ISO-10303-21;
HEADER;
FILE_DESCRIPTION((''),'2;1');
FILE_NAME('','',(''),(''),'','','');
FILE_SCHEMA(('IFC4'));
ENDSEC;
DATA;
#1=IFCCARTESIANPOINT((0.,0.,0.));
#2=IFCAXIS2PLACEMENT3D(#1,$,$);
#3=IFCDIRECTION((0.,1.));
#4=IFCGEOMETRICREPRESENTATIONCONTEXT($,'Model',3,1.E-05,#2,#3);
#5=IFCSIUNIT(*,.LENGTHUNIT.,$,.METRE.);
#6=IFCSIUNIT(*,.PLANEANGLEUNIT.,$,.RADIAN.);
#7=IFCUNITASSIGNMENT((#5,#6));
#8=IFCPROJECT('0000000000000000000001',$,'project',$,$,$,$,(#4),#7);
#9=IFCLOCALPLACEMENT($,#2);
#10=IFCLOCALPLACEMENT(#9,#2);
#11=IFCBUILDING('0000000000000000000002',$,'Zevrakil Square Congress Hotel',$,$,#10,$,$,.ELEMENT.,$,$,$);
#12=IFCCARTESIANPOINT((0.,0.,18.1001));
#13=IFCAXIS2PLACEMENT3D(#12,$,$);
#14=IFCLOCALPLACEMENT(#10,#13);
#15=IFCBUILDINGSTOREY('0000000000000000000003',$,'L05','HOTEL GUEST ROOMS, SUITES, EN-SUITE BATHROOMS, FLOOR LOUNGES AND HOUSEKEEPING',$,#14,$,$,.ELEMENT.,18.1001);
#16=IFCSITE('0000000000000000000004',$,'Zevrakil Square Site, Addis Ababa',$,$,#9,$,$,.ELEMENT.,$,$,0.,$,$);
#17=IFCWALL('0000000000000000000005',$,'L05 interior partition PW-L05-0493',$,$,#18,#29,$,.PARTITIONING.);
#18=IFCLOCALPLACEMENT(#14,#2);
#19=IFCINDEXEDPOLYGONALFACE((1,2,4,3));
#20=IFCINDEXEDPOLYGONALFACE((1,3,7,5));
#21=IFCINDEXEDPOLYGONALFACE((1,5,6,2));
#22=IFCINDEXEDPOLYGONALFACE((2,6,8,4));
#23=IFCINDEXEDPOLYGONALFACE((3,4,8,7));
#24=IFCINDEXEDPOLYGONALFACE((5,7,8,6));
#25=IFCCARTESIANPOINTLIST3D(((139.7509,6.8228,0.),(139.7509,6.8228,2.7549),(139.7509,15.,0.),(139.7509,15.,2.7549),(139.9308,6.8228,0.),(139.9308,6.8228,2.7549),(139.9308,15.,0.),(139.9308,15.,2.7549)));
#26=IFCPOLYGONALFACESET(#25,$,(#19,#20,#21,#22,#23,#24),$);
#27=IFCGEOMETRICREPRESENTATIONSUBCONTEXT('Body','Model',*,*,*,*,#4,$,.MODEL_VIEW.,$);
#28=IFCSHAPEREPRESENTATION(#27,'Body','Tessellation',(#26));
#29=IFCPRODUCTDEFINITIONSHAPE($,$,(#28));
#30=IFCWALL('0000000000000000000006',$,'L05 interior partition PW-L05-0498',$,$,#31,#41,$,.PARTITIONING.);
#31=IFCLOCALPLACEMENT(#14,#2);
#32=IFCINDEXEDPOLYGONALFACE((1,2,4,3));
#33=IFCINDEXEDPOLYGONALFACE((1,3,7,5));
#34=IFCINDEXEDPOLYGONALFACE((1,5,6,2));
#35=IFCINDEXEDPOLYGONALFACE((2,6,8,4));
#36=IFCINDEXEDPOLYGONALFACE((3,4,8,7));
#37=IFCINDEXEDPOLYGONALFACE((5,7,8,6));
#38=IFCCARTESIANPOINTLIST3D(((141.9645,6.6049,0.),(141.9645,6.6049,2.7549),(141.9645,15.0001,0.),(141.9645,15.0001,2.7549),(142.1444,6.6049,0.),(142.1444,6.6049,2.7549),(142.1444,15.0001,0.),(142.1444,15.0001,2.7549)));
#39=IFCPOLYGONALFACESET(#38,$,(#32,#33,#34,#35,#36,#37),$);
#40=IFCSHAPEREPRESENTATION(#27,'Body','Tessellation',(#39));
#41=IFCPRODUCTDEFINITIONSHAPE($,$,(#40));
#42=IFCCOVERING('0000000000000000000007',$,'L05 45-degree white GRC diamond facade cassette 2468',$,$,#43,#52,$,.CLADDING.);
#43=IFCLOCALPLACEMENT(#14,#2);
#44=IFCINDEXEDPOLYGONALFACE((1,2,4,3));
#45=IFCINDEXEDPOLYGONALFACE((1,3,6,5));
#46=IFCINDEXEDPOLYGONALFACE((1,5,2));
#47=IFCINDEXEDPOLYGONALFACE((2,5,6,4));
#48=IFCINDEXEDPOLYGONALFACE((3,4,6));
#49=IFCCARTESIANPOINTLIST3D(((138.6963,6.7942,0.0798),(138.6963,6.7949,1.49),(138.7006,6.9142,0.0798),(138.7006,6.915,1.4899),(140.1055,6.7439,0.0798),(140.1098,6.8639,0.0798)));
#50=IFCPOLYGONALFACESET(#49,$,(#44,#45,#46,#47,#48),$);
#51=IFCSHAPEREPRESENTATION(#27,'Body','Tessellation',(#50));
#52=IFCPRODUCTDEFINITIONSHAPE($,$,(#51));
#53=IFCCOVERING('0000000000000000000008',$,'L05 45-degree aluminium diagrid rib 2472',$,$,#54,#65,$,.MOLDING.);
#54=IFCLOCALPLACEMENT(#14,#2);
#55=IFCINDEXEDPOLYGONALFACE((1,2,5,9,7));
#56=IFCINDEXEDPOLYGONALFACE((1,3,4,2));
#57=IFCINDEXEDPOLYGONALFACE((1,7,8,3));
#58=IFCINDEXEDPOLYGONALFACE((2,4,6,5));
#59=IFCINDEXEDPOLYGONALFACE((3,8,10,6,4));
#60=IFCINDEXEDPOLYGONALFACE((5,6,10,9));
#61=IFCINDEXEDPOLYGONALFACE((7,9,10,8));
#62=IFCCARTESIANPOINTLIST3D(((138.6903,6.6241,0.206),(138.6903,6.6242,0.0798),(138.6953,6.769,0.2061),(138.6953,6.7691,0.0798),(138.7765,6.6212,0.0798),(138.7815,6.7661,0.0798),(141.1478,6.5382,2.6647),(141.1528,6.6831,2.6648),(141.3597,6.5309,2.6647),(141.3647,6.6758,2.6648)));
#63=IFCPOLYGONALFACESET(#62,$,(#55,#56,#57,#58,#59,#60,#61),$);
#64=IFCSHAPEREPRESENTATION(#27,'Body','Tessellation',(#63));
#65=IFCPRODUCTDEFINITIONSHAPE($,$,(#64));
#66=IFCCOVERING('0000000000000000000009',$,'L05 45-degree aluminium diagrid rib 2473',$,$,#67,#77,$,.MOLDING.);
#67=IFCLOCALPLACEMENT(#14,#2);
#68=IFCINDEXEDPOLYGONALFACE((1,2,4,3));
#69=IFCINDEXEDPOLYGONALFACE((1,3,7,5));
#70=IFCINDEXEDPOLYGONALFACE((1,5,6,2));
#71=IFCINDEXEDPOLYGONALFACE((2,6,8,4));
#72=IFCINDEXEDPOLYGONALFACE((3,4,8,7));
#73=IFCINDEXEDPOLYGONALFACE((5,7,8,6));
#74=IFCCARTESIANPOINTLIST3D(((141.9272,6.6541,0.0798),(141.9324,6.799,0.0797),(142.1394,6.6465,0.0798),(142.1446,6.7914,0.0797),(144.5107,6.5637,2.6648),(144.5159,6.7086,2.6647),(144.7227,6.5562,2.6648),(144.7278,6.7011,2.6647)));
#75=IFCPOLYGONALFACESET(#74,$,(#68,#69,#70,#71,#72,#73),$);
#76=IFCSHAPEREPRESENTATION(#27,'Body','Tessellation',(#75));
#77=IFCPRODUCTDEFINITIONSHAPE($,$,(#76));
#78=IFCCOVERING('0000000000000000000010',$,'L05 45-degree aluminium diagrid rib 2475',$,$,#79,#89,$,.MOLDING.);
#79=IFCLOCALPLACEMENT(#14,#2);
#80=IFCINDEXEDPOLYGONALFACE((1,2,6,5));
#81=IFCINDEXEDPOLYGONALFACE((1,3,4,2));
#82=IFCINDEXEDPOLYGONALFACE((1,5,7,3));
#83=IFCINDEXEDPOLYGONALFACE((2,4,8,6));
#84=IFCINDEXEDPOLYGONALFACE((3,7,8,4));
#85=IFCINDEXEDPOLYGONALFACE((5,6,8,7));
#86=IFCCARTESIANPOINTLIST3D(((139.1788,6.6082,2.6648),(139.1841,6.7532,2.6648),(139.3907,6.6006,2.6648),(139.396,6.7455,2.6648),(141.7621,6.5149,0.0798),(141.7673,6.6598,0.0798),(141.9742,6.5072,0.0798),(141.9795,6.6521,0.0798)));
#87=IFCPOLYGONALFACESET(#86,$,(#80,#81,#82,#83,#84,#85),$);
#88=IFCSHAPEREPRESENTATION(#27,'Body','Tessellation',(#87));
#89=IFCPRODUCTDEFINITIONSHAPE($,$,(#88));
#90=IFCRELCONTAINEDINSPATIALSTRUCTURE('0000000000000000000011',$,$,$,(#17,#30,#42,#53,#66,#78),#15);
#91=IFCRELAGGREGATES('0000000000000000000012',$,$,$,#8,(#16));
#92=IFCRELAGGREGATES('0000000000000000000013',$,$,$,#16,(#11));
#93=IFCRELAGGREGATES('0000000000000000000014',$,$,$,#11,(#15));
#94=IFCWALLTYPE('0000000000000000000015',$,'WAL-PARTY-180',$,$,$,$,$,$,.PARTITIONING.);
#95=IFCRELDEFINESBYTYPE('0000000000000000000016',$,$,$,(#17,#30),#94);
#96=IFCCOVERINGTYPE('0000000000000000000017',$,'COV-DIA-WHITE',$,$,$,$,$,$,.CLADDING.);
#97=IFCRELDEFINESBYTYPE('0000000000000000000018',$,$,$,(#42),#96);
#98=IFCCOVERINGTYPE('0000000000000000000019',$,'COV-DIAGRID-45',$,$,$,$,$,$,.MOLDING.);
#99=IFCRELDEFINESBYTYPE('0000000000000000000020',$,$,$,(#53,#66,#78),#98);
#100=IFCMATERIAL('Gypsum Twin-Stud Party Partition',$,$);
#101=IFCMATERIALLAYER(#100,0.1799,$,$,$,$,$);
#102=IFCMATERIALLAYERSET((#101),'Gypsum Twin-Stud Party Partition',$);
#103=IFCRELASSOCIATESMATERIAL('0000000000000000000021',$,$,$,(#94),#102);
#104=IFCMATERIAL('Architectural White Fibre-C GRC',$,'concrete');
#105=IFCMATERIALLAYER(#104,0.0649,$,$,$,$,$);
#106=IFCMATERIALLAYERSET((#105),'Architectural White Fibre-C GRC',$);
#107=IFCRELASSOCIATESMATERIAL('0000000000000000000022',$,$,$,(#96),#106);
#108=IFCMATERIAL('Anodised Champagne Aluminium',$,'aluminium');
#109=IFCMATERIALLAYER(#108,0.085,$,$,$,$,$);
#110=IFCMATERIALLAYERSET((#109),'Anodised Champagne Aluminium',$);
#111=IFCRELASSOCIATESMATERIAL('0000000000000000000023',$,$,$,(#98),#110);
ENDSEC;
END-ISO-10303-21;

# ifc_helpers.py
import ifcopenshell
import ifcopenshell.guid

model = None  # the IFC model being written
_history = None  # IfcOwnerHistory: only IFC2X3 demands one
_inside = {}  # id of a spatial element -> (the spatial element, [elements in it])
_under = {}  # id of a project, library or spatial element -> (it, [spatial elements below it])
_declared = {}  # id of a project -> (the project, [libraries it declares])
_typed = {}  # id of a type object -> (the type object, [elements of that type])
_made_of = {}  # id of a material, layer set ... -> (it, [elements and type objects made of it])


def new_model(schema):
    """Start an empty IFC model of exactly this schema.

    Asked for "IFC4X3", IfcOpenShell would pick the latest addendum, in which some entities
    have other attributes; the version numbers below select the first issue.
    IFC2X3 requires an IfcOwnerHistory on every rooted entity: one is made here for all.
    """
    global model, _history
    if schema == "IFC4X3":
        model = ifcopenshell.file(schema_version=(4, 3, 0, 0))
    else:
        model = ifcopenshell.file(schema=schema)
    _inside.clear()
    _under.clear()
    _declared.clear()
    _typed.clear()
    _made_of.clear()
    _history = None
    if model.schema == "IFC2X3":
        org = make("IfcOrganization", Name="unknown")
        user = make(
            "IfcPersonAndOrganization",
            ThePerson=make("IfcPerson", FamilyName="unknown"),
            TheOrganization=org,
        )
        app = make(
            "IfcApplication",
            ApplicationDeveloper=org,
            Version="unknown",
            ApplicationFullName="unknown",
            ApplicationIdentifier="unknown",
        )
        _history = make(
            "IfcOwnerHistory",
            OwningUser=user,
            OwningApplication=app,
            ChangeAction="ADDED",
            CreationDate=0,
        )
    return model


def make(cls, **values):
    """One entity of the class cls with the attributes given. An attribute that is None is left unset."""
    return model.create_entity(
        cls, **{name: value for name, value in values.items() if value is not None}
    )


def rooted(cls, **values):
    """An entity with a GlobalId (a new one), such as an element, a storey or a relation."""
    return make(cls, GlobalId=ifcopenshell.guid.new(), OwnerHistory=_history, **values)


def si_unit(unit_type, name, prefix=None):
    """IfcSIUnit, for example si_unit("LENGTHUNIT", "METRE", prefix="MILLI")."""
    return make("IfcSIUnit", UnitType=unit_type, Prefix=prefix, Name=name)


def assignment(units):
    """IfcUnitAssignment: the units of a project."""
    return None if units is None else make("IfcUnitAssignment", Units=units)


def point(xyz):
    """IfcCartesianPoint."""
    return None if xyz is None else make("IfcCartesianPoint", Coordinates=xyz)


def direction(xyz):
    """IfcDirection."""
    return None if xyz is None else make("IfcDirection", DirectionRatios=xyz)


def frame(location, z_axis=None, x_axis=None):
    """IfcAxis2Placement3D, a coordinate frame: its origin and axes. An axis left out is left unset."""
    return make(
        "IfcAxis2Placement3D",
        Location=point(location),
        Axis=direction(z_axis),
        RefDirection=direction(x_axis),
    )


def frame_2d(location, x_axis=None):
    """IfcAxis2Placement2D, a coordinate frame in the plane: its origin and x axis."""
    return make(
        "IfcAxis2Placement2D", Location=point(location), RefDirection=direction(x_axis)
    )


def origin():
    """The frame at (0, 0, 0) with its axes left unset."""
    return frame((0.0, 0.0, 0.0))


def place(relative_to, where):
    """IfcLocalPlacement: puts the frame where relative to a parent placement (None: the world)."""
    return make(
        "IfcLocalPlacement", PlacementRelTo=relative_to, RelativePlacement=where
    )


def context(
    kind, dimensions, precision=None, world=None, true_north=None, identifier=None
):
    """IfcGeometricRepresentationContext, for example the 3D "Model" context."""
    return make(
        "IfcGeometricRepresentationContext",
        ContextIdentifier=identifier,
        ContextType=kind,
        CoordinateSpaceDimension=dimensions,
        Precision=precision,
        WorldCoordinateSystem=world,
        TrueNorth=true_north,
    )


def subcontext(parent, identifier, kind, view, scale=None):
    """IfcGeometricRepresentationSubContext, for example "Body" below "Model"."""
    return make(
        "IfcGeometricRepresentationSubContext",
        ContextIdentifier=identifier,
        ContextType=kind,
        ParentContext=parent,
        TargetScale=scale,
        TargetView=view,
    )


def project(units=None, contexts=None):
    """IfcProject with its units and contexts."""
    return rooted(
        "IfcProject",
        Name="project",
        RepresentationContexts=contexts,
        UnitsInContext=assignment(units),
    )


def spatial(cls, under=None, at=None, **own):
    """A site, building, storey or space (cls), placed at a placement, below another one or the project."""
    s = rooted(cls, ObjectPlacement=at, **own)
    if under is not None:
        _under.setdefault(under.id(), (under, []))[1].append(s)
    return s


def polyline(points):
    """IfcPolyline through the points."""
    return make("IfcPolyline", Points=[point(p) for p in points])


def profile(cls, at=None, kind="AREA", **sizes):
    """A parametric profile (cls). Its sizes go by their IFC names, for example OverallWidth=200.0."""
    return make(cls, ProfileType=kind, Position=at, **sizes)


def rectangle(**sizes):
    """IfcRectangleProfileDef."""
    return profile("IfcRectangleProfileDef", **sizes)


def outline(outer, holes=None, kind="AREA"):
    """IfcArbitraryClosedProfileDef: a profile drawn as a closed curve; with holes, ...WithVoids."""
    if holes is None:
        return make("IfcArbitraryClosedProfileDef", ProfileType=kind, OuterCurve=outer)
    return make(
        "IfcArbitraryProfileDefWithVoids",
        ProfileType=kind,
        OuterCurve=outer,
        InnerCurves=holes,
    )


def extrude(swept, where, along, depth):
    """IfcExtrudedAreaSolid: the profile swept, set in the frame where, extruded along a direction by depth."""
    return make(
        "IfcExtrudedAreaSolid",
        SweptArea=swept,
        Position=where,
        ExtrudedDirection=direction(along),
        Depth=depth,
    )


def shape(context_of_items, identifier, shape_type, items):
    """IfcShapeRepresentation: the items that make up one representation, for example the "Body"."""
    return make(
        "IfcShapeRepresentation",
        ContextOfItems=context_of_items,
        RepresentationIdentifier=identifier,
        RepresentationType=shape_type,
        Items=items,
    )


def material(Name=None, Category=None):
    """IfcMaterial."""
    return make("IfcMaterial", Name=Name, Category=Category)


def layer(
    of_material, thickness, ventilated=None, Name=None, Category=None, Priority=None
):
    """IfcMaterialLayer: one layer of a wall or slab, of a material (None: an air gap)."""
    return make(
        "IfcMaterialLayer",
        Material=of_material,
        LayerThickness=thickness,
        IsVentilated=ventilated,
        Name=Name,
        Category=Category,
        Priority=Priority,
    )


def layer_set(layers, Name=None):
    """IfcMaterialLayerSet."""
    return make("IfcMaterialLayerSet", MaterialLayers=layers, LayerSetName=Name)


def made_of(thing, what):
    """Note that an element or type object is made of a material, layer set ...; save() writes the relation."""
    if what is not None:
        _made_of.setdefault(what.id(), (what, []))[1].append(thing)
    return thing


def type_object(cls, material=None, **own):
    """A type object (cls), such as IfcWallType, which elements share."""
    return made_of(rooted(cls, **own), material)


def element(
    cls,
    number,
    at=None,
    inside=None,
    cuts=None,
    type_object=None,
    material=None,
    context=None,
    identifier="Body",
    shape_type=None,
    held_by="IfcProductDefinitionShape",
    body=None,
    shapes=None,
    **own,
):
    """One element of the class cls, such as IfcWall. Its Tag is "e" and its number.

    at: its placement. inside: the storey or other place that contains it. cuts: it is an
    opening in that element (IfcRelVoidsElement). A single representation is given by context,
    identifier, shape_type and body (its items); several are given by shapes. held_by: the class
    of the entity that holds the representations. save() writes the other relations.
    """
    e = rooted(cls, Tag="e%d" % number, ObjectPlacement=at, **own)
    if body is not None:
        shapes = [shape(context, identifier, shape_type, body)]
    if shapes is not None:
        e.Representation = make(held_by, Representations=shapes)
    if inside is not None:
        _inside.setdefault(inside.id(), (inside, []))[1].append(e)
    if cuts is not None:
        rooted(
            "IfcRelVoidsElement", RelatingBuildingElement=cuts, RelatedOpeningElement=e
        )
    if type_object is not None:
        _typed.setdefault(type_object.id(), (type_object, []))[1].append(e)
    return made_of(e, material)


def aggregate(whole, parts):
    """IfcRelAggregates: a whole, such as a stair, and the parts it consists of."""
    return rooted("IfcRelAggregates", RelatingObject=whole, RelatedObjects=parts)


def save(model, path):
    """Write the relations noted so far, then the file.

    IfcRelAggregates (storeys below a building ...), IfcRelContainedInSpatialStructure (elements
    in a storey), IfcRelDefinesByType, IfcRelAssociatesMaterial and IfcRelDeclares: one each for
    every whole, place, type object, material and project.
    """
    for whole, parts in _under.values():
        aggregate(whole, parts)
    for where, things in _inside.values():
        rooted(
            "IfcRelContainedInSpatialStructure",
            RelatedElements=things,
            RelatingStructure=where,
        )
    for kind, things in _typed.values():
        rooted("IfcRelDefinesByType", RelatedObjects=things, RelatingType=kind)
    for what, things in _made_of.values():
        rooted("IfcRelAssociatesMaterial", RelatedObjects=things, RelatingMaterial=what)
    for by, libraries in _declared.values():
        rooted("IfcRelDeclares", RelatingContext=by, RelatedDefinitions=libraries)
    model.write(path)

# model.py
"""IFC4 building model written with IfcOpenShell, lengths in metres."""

from ifc_helpers import new_model, si_unit, direction, frame, frame_2d, origin, place, context, subcontext, project, spatial, polyline, rectangle, outline, extrude, material, layer, layer_set, type_object, element, save


model = new_model("IFC4")

# Units and contexts
model_context = context("Model", 3, precision=1e-05, world=origin(), true_north=direction((0.0, 1.0)))
body_context = subcontext(model_context, "Body", "Model", "MODEL_VIEW")
ifc_project = project(units=[si_unit("LENGTHUNIT", "METRE"), si_unit("PLANEANGLEUNIT", "RADIAN")], contexts=[model_context])

# Site, building, storey
site_placement = place(None, origin())
site = spatial("IfcSite", under=ifc_project, at=site_placement, Name="Zevrakil Square Site, Addis Ababa", CompositionType="ELEMENT", RefElevation=0.0)
building_placement = place(site_placement, origin())
building = spatial("IfcBuilding", under=site, at=building_placement, Name="Zevrakil Square Congress Hotel", CompositionType="ELEMENT")
storey_placement = place(building_placement, frame((0.0, 0.0, 18.1001)))
storey = spatial("IfcBuildingStorey", under=building, at=storey_placement, Name="L05", Description="HOTEL GUEST ROOMS, SUITES, EN-SUITE BATHROOMS, FLOOR LOUNGES AND HOUSEKEEPING", CompositionType="ELEMENT", Elevation=18.1001)

# Walls
ifc_material_1 = material(Name="Gypsum Twin-Stud Party Partition")
ifc_layer_1 = layer(ifc_material_1, 0.1799)
ifc_layer_set_1 = layer_set([ifc_layer_1], Name="Gypsum Twin-Stud Party Partition")
wall_type = type_object("IfcWallType", Name="WAL-PARTY-180", PredefinedType="PARTITIONING", material=ifc_layer_set_1)
wall_1_placement = place(storey_placement, frame((139.8408, 6.8228, 0.0), z_axis=(0.0, 0.0, 1.0), x_axis=(0.0, 1.0, 0.0)))
element("IfcWall", 1, at=wall_1_placement, inside=storey, type_object=wall_type, Name="L05 interior partition PW-L05-0493", PredefinedType="PARTITIONING", context=body_context, shape_type="SweptSolid", body=[
    extrude(rectangle(XDim=8.1772, YDim=0.1799, at=frame_2d((4.0886, 0.0))), origin(), (0.0, 0.0, 1.0), 2.7549),
])
wall_2_placement = place(storey_placement, frame((142.0544, 6.6047, 0.0), z_axis=(0.0, 0.0, 1.0), x_axis=(0.0, 1.0, 0.0)))
element("IfcWall", 2, at=wall_2_placement, inside=storey, type_object=wall_type, Name="L05 interior partition PW-L05-0498", PredefinedType="PARTITIONING", context=body_context, shape_type="SweptSolid", body=[
    extrude(rectangle(XDim=8.3953, YDim=0.1799, at=frame_2d((4.1978, 0.0))), origin(), (0.0, 0.0, 1.0), 2.7549),
])

# Coverings
ifc_material_2 = material(Name="Architectural White Fibre-C GRC", Category="concrete")
ifc_layer_2 = layer(ifc_material_2, 0.0649)
ifc_layer_set_2 = layer_set([ifc_layer_2], Name="Architectural White Fibre-C GRC")
covering_type_1 = type_object("IfcCoveringType", Name="COV-DIA-WHITE", PredefinedType="CLADDING", material=ifc_layer_set_2)
covering_1_placement = place(storey_placement, frame((140.1055, 6.7439, 0.0798), z_axis=(-0.035667, -0.999364, 0.000519), x_axis=(-0.999364, 0.035667, 0.0)))
element("IfcCovering", 3, at=covering_1_placement, inside=storey, type_object=covering_type_1, Name="L05 45-degree white GRC diamond facade cassette 2468", PredefinedType="CLADDING", context=body_context, shape_type="SweptSolid", body=[
    extrude(outline(polyline([(0.0, 0.0), (1.4101, 0.0), (1.4101, -1.4102), (0.0, 0.0)])), origin(), (0.0, 0.0, -1.0), 0.1201),
])
ifc_material_3 = material(Name="Anodised Champagne Aluminium", Category="aluminium")
ifc_layer_3 = layer(ifc_material_3, 0.085)
ifc_layer_set_3 = layer_set([ifc_layer_3], Name="Anodised Champagne Aluminium")
covering_type_2 = type_object("IfcCoveringType", Name="COV-DIAGRID-45", PredefinedType="MOLDING", material=ifc_layer_set_3)
covering_2_placement = place(storey_placement, frame((138.7815, 6.7661, 0.0798), z_axis=(0.034541, 0.999403, 0.000397), x_axis=(-0.999403, 0.034541, 0.0)))
element("IfcCovering", 4, at=covering_2_placement, inside=storey, type_object=covering_type_2, Name="L05 45-degree aluminium diagrid rib 2472", PredefinedType="MOLDING", context=body_context, shape_type="SweptSolid", body=[
    extrude(outline(polyline([(0.0, 0.0), (0.0862, 0.0), (0.0862, 0.1262), (-2.3728, 2.585), (-2.5848, 2.585), (0.0, 0.0)])), origin(), (0.0, 0.0, -1.0), 0.145),
])
covering_3_placement = place(storey_placement, frame((142.1394, 6.6465, 0.0798), z_axis=(-0.035671, -0.999363, 0.000726), x_axis=(-0.999364, 0.035671, 0.0)))
element("IfcCovering", 5, at=covering_3_placement, inside=storey, type_object=covering_type_2, Name="L05 45-degree aluminium diagrid rib 2473", PredefinedType="MOLDING", context=body_context, shape_type="SweptSolid", body=[
    extrude(outline(polyline([(0.0, 0.0), (0.2123, 0.0), (-2.3728, -2.585), (-2.5848, -2.585), (0.0, 0.0)])), origin(), (0.0, 0.0, -1.0), 0.145),
])
covering_4_placement = place(storey_placement, frame((139.1841, 6.7532, 2.6648), z_axis=(0.036246, 0.999343, 0.000121), x_axis=(0.999343, -0.036246, 0.0)))
element("IfcCovering", 6, at=covering_4_placement, inside=storey, type_object=covering_type_2, Name="L05 45-degree aluminium diagrid rib 2475", PredefinedType="MOLDING", context=body_context, shape_type="SweptSolid", body=[
    extrude(outline(polyline([(0.0, 0.0), (0.212, 0.0), (2.7972, 2.585), (2.5849, 2.585), (0.0, 0.0)])), origin(), (0.0, 0.0, -1.0), 0.145),
])

save(model, "model.ifc")
